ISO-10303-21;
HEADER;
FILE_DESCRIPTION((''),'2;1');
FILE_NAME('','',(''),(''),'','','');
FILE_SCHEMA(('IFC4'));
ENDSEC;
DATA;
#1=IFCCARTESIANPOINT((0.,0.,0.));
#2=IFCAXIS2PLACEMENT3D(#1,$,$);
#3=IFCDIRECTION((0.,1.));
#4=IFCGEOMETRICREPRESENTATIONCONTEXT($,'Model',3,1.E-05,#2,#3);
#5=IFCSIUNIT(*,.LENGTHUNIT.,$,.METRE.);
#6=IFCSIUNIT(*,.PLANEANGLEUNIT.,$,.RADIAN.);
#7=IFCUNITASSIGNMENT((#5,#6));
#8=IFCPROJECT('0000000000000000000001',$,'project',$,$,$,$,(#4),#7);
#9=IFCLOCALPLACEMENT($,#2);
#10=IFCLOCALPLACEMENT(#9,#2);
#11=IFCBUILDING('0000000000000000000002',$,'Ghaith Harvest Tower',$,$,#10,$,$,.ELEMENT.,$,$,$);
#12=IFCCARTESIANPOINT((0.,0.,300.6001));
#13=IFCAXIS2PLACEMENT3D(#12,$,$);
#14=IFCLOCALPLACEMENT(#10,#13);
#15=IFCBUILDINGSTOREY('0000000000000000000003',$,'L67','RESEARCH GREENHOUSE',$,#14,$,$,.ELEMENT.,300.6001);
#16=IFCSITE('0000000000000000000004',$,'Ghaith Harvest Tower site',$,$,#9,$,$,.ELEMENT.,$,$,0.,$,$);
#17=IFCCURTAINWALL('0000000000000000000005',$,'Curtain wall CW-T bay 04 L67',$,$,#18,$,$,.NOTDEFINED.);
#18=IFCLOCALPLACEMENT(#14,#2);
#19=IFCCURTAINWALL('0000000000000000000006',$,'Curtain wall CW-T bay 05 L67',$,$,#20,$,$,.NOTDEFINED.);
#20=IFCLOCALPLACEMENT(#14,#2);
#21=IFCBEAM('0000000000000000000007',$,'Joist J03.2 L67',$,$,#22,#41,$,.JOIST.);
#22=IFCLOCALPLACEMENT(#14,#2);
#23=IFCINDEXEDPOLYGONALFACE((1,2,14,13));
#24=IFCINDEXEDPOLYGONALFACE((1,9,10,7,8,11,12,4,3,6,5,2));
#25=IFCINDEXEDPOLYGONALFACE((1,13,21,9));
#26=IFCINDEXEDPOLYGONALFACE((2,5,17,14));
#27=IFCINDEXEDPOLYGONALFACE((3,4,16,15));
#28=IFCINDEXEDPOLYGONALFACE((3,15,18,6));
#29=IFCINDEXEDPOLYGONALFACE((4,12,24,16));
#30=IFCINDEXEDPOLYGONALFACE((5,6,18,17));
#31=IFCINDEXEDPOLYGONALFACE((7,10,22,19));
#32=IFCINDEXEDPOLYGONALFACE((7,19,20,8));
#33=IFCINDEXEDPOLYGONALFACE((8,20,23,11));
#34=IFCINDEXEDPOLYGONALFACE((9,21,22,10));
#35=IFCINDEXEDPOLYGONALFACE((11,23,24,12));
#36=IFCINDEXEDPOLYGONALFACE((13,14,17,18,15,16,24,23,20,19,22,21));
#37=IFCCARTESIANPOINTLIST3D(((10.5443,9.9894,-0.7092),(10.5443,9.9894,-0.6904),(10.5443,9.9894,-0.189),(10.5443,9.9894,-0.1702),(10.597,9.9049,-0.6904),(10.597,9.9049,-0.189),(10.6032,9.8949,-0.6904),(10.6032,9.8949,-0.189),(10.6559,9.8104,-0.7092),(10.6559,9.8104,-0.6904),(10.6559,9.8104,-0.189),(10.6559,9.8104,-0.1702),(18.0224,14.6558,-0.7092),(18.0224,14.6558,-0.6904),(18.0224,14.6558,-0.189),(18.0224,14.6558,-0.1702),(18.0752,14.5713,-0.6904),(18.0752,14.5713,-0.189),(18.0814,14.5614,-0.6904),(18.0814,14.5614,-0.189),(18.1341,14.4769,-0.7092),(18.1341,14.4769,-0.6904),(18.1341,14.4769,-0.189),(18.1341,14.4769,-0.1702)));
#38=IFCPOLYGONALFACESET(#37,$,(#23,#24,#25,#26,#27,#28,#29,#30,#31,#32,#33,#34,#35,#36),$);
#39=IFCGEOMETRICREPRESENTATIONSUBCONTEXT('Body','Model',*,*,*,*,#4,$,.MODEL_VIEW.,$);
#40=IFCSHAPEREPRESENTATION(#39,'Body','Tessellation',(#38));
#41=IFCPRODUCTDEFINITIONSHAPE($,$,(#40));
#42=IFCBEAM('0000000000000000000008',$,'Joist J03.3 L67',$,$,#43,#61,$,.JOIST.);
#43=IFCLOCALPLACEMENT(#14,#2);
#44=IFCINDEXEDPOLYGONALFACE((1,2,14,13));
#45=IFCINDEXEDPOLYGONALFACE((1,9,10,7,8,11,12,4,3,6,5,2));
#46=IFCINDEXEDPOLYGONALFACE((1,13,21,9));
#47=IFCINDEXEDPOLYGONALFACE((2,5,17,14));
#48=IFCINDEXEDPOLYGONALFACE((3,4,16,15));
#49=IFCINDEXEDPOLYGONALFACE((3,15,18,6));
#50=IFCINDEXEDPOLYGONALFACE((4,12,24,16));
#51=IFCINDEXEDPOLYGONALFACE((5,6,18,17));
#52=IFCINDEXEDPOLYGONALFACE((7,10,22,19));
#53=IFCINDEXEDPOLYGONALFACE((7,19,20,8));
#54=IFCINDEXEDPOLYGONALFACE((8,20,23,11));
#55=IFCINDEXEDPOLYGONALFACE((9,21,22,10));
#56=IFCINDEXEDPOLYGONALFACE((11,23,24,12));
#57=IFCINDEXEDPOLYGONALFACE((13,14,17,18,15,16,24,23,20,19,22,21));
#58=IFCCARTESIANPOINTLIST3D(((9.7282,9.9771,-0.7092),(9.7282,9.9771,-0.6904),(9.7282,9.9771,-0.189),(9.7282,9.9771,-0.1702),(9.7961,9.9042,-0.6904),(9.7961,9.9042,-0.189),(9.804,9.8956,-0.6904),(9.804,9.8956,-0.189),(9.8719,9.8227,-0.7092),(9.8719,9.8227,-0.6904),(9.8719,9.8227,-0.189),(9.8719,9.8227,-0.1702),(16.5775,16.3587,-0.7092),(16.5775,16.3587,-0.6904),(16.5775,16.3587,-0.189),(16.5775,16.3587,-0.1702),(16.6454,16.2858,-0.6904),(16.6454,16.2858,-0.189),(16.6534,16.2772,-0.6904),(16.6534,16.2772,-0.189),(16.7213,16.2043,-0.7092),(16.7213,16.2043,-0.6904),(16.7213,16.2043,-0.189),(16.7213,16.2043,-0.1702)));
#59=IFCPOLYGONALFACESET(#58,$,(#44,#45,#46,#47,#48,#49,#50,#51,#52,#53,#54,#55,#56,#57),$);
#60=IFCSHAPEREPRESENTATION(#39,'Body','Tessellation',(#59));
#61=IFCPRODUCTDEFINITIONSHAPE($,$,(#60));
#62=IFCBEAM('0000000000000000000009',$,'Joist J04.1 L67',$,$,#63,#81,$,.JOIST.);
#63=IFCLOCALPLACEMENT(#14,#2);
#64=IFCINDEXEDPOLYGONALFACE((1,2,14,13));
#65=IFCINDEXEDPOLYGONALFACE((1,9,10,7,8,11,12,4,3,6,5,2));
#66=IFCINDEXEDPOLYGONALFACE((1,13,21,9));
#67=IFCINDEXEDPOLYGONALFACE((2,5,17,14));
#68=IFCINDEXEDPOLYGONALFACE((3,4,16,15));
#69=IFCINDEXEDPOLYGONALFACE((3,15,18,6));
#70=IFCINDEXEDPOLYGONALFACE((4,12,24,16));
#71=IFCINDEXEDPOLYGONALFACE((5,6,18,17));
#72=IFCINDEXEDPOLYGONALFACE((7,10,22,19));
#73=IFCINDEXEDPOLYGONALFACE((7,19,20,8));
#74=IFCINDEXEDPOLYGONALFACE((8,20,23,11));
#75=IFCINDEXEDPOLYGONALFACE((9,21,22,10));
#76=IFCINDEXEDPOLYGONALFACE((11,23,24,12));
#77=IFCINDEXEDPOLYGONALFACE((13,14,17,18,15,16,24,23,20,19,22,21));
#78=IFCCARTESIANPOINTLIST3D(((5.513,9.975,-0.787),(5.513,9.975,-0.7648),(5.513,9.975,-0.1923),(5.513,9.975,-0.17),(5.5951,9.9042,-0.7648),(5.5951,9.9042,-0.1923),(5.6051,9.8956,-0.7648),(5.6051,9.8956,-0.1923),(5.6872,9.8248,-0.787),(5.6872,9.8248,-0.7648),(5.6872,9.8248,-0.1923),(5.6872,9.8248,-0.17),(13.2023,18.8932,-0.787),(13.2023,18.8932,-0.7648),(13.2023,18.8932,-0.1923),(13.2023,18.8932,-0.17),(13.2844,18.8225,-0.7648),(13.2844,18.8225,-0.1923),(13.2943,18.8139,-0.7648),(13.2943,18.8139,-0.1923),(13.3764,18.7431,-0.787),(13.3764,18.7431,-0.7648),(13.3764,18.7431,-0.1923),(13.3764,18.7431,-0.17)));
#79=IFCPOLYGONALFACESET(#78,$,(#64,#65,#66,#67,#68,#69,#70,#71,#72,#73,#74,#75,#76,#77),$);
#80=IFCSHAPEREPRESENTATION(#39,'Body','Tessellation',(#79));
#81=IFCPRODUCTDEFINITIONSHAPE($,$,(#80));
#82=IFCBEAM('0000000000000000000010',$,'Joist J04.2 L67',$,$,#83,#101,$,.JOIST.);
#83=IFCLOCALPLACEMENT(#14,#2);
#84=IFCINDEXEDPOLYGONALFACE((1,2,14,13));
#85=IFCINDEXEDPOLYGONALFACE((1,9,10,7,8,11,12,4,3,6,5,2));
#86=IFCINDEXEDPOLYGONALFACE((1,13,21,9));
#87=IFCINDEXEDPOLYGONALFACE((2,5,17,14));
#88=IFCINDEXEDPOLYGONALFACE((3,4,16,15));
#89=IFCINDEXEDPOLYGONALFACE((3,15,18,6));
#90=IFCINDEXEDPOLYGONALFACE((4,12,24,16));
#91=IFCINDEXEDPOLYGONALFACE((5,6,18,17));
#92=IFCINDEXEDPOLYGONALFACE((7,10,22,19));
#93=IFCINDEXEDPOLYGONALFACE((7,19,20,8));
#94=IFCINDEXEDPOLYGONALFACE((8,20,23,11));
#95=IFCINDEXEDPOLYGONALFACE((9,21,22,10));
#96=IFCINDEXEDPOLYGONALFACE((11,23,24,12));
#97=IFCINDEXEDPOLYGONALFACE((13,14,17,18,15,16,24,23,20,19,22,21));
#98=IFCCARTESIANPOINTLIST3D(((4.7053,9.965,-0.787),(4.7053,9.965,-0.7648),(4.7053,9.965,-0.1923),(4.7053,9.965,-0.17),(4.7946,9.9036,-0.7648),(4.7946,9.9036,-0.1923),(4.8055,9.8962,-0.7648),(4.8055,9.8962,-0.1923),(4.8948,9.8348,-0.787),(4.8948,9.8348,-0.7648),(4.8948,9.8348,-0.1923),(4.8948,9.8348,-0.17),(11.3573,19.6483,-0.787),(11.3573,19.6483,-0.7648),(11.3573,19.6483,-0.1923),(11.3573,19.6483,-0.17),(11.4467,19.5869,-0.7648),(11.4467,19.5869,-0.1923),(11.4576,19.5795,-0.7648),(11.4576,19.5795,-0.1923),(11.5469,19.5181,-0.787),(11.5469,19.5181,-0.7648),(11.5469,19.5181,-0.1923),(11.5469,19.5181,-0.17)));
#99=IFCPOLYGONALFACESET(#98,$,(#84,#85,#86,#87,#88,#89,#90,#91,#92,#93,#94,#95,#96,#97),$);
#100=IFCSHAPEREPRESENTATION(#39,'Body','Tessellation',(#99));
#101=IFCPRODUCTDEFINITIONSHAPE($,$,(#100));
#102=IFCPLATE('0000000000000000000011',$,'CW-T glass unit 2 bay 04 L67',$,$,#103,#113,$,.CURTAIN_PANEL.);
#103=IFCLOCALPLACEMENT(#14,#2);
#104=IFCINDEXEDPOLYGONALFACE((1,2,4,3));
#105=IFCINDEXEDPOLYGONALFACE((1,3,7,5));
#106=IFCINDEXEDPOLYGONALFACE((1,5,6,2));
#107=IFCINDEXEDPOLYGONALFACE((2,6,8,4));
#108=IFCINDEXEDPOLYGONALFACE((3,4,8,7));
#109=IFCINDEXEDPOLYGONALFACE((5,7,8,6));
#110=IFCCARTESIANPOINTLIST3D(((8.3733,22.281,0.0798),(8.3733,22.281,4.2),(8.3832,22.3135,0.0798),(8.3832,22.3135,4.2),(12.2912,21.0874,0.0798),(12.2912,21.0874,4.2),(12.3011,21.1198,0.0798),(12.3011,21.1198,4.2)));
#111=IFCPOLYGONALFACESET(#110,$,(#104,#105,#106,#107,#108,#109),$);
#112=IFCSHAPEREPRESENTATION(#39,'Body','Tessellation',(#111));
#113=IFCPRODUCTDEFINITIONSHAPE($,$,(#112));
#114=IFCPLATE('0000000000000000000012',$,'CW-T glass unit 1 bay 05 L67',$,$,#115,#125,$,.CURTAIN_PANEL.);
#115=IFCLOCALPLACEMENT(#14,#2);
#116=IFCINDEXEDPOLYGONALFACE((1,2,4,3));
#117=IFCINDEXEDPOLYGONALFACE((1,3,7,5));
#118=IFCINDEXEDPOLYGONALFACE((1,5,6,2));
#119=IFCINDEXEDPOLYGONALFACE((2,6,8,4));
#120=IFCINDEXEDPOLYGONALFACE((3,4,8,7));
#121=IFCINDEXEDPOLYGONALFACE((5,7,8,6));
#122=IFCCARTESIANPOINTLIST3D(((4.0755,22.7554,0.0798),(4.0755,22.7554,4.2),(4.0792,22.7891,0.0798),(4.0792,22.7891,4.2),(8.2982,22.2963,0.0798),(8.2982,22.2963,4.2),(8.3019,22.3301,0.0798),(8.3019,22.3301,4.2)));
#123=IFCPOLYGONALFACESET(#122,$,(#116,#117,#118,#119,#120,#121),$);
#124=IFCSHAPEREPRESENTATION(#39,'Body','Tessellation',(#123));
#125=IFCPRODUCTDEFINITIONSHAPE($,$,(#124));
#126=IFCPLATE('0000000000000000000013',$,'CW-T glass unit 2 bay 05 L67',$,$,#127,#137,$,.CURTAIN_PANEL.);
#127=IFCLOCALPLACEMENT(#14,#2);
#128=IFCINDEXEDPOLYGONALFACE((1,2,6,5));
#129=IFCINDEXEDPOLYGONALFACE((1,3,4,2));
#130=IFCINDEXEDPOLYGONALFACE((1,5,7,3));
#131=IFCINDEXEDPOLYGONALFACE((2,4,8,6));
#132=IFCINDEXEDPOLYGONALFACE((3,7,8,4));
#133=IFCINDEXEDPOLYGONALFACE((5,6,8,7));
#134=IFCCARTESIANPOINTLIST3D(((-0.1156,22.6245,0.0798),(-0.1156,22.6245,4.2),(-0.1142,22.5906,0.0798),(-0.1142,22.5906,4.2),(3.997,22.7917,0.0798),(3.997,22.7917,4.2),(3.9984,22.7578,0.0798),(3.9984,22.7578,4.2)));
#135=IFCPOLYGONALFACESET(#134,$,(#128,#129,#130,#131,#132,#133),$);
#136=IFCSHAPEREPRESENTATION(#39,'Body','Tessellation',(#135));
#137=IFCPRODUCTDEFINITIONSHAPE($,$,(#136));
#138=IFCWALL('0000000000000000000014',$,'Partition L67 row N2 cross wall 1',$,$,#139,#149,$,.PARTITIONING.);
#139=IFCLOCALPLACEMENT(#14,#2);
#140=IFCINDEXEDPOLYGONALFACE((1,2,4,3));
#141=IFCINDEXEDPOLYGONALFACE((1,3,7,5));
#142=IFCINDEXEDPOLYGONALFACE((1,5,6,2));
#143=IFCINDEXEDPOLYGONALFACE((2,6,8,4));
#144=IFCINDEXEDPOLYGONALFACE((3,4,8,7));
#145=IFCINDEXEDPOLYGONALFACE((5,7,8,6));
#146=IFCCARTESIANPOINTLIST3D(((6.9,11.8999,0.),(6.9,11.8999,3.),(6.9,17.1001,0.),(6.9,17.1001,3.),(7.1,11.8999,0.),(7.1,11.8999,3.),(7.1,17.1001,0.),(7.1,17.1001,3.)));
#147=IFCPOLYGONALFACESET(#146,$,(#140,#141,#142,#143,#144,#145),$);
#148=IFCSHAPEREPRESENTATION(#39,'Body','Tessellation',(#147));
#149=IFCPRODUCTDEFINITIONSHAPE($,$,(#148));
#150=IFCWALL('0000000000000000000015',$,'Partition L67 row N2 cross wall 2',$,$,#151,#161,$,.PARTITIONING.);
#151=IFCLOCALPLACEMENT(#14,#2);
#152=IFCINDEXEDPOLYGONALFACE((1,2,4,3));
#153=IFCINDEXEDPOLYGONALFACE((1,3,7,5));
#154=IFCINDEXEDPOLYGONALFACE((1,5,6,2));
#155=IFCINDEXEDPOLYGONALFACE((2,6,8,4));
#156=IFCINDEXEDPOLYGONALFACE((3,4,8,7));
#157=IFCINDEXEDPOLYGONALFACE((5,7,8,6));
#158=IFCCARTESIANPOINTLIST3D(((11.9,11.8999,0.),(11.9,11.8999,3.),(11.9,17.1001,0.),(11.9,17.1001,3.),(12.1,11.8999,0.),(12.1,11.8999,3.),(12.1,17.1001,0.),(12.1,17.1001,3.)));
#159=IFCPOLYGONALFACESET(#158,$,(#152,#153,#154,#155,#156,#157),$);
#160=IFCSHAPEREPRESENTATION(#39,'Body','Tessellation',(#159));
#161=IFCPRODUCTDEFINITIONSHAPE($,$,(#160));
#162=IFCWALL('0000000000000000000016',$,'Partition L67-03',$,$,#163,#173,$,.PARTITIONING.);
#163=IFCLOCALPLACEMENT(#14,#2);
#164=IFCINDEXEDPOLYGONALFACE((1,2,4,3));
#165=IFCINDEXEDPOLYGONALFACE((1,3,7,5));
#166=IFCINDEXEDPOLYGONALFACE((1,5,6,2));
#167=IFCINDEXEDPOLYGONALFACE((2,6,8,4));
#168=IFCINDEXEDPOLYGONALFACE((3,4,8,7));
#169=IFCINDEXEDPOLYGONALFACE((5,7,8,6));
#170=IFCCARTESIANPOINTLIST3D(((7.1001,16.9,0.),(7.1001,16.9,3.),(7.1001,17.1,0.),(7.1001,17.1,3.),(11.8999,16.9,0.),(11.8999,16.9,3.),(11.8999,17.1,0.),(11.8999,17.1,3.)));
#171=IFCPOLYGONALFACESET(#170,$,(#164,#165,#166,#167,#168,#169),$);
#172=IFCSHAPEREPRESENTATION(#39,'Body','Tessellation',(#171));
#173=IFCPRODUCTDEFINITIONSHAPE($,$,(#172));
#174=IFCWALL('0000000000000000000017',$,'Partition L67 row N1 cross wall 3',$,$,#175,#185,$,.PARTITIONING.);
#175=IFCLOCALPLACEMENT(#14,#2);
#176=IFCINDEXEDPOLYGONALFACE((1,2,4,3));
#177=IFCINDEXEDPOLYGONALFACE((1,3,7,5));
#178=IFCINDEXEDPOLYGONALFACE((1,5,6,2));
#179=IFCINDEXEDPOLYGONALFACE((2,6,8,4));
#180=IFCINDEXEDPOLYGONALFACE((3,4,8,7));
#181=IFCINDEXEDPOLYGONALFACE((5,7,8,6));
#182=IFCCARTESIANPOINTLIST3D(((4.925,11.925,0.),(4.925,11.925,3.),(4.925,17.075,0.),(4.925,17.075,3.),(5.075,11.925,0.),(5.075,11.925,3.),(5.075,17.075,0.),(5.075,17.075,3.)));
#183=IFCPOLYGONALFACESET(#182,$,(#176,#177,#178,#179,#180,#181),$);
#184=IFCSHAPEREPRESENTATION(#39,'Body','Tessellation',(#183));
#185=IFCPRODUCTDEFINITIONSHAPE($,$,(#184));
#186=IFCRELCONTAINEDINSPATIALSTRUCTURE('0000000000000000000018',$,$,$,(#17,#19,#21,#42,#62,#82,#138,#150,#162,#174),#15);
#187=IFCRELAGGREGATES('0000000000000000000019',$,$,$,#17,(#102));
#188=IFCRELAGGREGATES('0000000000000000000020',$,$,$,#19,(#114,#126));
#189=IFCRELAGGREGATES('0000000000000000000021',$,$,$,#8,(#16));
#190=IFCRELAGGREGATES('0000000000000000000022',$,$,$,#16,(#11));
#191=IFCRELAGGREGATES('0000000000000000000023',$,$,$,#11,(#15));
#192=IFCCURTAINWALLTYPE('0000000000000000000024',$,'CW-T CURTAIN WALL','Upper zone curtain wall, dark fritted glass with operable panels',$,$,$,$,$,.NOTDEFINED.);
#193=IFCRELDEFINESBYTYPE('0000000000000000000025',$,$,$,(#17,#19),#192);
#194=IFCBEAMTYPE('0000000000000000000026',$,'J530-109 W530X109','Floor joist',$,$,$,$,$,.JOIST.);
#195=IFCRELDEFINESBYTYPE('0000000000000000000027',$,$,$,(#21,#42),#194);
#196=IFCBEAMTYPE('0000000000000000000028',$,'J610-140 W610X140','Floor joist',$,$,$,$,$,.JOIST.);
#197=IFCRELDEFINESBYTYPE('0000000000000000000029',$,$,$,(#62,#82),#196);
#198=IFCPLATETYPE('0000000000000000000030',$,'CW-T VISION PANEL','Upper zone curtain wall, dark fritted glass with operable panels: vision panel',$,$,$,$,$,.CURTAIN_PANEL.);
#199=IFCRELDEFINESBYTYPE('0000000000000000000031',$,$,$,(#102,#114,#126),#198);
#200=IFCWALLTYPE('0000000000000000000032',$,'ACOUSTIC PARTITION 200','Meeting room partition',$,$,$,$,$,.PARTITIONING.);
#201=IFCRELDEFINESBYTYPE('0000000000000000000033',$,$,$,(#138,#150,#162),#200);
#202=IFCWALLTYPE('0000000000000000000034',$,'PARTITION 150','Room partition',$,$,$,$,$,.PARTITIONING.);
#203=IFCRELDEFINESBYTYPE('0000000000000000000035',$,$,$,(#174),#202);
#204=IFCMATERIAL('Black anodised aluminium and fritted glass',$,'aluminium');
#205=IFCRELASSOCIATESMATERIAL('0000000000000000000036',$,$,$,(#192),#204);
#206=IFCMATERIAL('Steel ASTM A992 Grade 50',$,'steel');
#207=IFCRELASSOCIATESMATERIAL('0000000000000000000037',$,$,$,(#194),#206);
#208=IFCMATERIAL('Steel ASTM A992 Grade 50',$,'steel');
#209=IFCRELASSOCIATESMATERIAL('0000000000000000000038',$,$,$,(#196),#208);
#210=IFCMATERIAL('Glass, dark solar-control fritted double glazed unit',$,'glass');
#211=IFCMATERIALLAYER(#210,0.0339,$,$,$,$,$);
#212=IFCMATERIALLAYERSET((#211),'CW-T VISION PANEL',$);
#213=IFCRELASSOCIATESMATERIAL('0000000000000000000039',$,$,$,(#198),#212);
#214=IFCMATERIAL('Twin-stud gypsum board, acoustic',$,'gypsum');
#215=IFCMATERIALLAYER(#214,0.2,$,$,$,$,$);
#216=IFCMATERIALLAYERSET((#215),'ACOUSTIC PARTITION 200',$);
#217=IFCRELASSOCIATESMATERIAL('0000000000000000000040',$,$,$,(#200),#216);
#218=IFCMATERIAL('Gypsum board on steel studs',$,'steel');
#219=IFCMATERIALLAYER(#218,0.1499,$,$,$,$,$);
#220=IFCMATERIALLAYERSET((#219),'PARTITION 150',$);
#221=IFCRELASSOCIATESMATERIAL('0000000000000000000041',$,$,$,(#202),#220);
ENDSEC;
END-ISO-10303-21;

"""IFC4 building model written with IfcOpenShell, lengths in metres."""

from ifc_helpers import new_model, si_unit, direction, frame, frame_2d, origin, origin_2d, place, context, subcontext, project, spatial, rectangle, i_section, extrude, material, layer, layer_set, material_profile, profile_set, type_object, element, aggregate, save


model = new_model("IFC4")

# Units and contexts
model_context = context("Model", 3, precision=1e-05, world=origin(), true_north=direction((0.0, 1.0)))
body_context = subcontext(model_context, "Body", "Model", "MODEL_VIEW")
ifc_project = project(units=[si_unit("LENGTHUNIT", "METRE"), si_unit("PLANEANGLEUNIT", "RADIAN")], contexts=[model_context])

# Site, building, storey
site_placement = place(None, origin())
site = spatial("IfcSite", under=ifc_project, at=site_placement, Name="Ghaith Harvest Tower site", CompositionType="ELEMENT", RefElevation=0.0)
building_placement = place(site_placement, origin())
building = spatial("IfcBuilding", under=site, at=building_placement, Name="Ghaith Harvest Tower", CompositionType="ELEMENT")
storey_placement = place(building_placement, frame((0.0, 0.0, 300.6001)))
storey = spatial("IfcBuildingStorey", under=building, at=storey_placement, Name="L67", Description="RESEARCH GREENHOUSE", CompositionType="ELEMENT", Elevation=300.6001)

# Curtain wall
ifc_material_1 = material(Name="Black anodised aluminium and fritted glass", Category="aluminium")
curtain_wall_type = type_object("IfcCurtainWallType", Name="CW-T CURTAIN WALL", Description="Upper zone curtain wall, dark fritted glass with operable panels", PredefinedType="NOTDEFINED", material=ifc_material_1)
curtain_wall_1_placement = place(storey_placement, origin())
curtain_wall_1 = element("IfcCurtainWall", 1, at=curtain_wall_1_placement, inside=storey, type_object=curtain_wall_type, Name="Curtain wall CW-T bay 04 L67", PredefinedType="NOTDEFINED")

# Curtain wall
curtain_wall_2_placement = place(storey_placement, origin())
curtain_wall_2 = element("IfcCurtainWall", 2, at=curtain_wall_2_placement, inside=storey, type_object=curtain_wall_type, Name="Curtain wall CW-T bay 05 L67", PredefinedType="NOTDEFINED")

# Beams
ifc_material_2 = material(Name="Steel ASTM A992 Grade 50", Category="steel")
ifc_material_profile_1 = material_profile(ifc_material_2, i_section(OverallWidth=0.2109, OverallDepth=0.5391, WebThickness=0.0117, FlangeThickness=0.0188, at=origin_2d()), Name="W530X109")
ifc_profile_set_1 = profile_set([ifc_material_profile_1], Name="Steel ASTM A992 Grade 50")
beam_type_1 = type_object("IfcBeamType", Name="J530-109 W530X109", Description="Floor joist", PredefinedType="JOIST", material=ifc_profile_set_1)
beam_1_placement = place(storey_placement, frame((10.6001, 9.8999, -0.4397), z_axis=(0.848376, 0.529394, 0.0), x_axis=(-0.529394, 0.848376, 0.0)))
element("IfcBeam", 3, at=beam_1_placement, inside=storey, type_object=beam_type_1, Name="Joist J03.2 L67", PredefinedType="JOIST", context=body_context, shape_type="SweptSolid", body=[
    extrude(i_section(OverallWidth=0.2109, OverallDepth=0.5391, WebThickness=0.0117, FlangeThickness=0.0188, at=origin_2d()), origin(), (0.0, 0.0, 1.0), 8.8147),
])
beam_2_placement = place(storey_placement, frame((9.8, 9.8999, -0.4397), z_axis=(0.731649, 0.681682, 0.0), x_axis=(-0.681682, 0.731649, 0.0)))
element("IfcBeam", 4, at=beam_2_placement, inside=storey, type_object=beam_type_1, Name="Joist J03.3 L67", PredefinedType="JOIST", context=body_context, shape_type="SweptSolid", body=[
    extrude(i_section(OverallWidth=0.2109, OverallDepth=0.5391, WebThickness=0.0117, FlangeThickness=0.0188, at=origin_2d()), origin(), (0.0, 0.0, 1.0), 9.3616),
])
ifc_material_3 = material(Name="Steel ASTM A992 Grade 50", Category="steel")
ifc_material_profile_2 = material_profile(ifc_material_3, i_section(OverallWidth=0.23, OverallDepth=0.6169, WebThickness=0.0132, FlangeThickness=0.0222, at=origin_2d()), Name="W610X140")
ifc_profile_set_2 = profile_set([ifc_material_profile_2], Name="Steel ASTM A992 Grade 50")
beam_type_2 = type_object("IfcBeamType", Name="J610-140 W610X140", Description="Floor joist", PredefinedType="JOIST", material=ifc_profile_set_2)
beam_3_placement = place(storey_placement, frame((5.6001, 9.8999, -0.4785), z_axis=(0.652993, 0.757364, 0.0), x_axis=(-0.757364, 0.652993, 0.0)))
element("IfcBeam", 5, at=beam_3_placement, inside=storey, type_object=beam_type_2, Name="Joist J04.1 L67", PredefinedType="JOIST", context=body_context, shape_type="SweptSolid", body=[
    extrude(i_section(OverallWidth=0.23, OverallDepth=0.6169, WebThickness=0.0132, FlangeThickness=0.0222, at=origin_2d()), origin(), (0.0, 0.0, 1.0), 11.7754),
])
beam_4_placement = place(storey_placement, frame((4.8, 9.8999, -0.4785), z_axis=(0.566228, 0.824249, 0.0), x_axis=(-0.824249, 0.566228, 0.0)))
element("IfcBeam", 6, at=beam_4_placement, inside=storey, type_object=beam_type_2, Name="Joist J04.2 L67", PredefinedType="JOIST", context=body_context, shape_type="SweptSolid", body=[
    extrude(i_section(OverallWidth=0.23, OverallDepth=0.6169, WebThickness=0.0132, FlangeThickness=0.0222, at=origin_2d()), origin(), (0.0, 0.0, 1.0), 11.748),
])

# Plates
ifc_material_4 = material(Name="Glass, dark solar-control fritted double glazed unit", Category="glass")
ifc_layer_1 = layer(ifc_material_4, 0.0339)
ifc_layer_set_1 = layer_set([ifc_layer_1], Name="CW-T VISION PANEL")
plate_type = type_object("IfcPlateType", Name="CW-T VISION PANEL", Description="Upper zone curtain wall, dark fritted glass with operable panels: vision panel", PredefinedType="CURTAIN_PANEL", material=ifc_layer_set_1)
plate_1_placement = place(storey_placement, frame((10.3372, 21.7004, 0.0798), z_axis=(0.0, 0.0, 1.0), x_axis=(-0.956588, 0.291445, 0.0)))
plate_1 = element("IfcPlate", 7, at=plate_1_placement, type_object=plate_type, Name="CW-T glass unit 2 bay 04 L67", PredefinedType="CURTAIN_PANEL", context=body_context, shape_type="SweptSolid", body=[
    extrude(rectangle(XDim=4.0957, YDim=0.0339, at=origin_2d()), origin(), (0.0, 0.0, 1.0), 4.1201),
])
aggregate(curtain_wall_1, [plate_1])
plate_2_placement = place(storey_placement, frame((6.1887, 22.5427, 0.0798), z_axis=(0.0, 0.0, 1.0), x_axis=(-0.994143, 0.108074, 0.0)))
plate_2 = element("IfcPlate", 8, at=plate_2_placement, type_object=plate_type, Name="CW-T glass unit 1 bay 05 L67", PredefinedType="CURTAIN_PANEL", context=body_context, shape_type="SweptSolid", body=[
    extrude(rectangle(XDim=4.2476, YDim=0.0339, at=origin_2d()), origin(), (0.0, 0.0, 1.0), 4.1201),
])
plate_3_placement = place(storey_placement, frame((1.9414, 22.6912, 0.0798), z_axis=(0.0, 0.0, 1.0), x_axis=(-0.999174, -0.040638, 0.0)))
plate_3 = element("IfcPlate", 9, at=plate_3_placement, type_object=plate_type, Name="CW-T glass unit 2 bay 05 L67", PredefinedType="CURTAIN_PANEL", context=body_context, shape_type="SweptSolid", body=[
    extrude(rectangle(XDim=4.116, YDim=0.0339, at=origin_2d()), origin(), (0.0, 0.0, 1.0), 4.1201),
])
aggregate(curtain_wall_2, [plate_2, plate_3])

# Walls
ifc_material_5 = material(Name="Twin-stud gypsum board, acoustic", Category="gypsum")
ifc_layer_2 = layer(ifc_material_5, 0.2)
ifc_layer_set_2 = layer_set([ifc_layer_2], Name="ACOUSTIC PARTITION 200")
wall_type_1 = type_object("IfcWallType", Name="ACOUSTIC PARTITION 200", Description="Meeting room partition", PredefinedType="PARTITIONING", material=ifc_layer_set_2)
for number, where, z_axis, x_axis, name in (
    (10, (7.0, 11.8999, 0.0), (0.0, 0.0, 1.0), (0.0, 1.0, 0.0), "Partition L67 row N2 cross wall 1"),
    (11, (12.0, 11.8999, 0.0), (0.0, 0.0, 1.0), (0.0, 1.0, 0.0), "Partition L67 row N2 cross wall 2"),
):
    element("IfcWall", number, at=place(storey_placement, frame(where, z_axis=z_axis, x_axis=x_axis)), inside=storey, type_object=wall_type_1, Name=name, PredefinedType="PARTITIONING", context=body_context, shape_type="SweptSolid", body=[
        extrude(rectangle(XDim=5.2002, YDim=0.2, at=frame_2d((2.6001, 0.0))), origin(), (0.0, 0.0, 1.0), 3.0),
    ])

# Walls
wall_1_placement = place(storey_placement, frame((7.1001, 17.0, 0.0), z_axis=(0.0, 0.0, 1.0), x_axis=(1.0, 0.0, 0.0)))
element("IfcWall", 12, at=wall_1_placement, inside=storey, type_object=wall_type_1, Name="Partition L67-03", PredefinedType="PARTITIONING", context=body_context, shape_type="SweptSolid", body=[
    extrude(rectangle(XDim=4.7998, YDim=0.2, at=frame_2d((2.3999, 0.0))), origin(), (0.0, 0.0, 1.0), 3.0),
])
ifc_material_6 = material(Name="Gypsum board on steel studs", Category="steel")
ifc_layer_3 = layer(ifc_material_6, 0.1499)
ifc_layer_set_3 = layer_set([ifc_layer_3], Name="PARTITION 150")
wall_type_2 = type_object("IfcWallType", Name="PARTITION 150", Description="Room partition", PredefinedType="PARTITIONING", material=ifc_layer_set_3)
wall_2_placement = place(storey_placement, frame((5.0, 11.925, 0.0), z_axis=(0.0, 0.0, 1.0), x_axis=(0.0, 1.0, 0.0)))
element("IfcWall", 13, at=wall_2_placement, inside=storey, type_object=wall_type_2, Name="Partition L67 row N1 cross wall 3", PredefinedType="PARTITIONING", context=body_context, shape_type="SweptSolid", body=[
    extrude(rectangle(XDim=5.1499, YDim=0.1499, at=frame_2d((2.575, 0.0))), origin(), (0.0, 0.0, 1.0), 3.0),
])

save(model, "model.ifc")
